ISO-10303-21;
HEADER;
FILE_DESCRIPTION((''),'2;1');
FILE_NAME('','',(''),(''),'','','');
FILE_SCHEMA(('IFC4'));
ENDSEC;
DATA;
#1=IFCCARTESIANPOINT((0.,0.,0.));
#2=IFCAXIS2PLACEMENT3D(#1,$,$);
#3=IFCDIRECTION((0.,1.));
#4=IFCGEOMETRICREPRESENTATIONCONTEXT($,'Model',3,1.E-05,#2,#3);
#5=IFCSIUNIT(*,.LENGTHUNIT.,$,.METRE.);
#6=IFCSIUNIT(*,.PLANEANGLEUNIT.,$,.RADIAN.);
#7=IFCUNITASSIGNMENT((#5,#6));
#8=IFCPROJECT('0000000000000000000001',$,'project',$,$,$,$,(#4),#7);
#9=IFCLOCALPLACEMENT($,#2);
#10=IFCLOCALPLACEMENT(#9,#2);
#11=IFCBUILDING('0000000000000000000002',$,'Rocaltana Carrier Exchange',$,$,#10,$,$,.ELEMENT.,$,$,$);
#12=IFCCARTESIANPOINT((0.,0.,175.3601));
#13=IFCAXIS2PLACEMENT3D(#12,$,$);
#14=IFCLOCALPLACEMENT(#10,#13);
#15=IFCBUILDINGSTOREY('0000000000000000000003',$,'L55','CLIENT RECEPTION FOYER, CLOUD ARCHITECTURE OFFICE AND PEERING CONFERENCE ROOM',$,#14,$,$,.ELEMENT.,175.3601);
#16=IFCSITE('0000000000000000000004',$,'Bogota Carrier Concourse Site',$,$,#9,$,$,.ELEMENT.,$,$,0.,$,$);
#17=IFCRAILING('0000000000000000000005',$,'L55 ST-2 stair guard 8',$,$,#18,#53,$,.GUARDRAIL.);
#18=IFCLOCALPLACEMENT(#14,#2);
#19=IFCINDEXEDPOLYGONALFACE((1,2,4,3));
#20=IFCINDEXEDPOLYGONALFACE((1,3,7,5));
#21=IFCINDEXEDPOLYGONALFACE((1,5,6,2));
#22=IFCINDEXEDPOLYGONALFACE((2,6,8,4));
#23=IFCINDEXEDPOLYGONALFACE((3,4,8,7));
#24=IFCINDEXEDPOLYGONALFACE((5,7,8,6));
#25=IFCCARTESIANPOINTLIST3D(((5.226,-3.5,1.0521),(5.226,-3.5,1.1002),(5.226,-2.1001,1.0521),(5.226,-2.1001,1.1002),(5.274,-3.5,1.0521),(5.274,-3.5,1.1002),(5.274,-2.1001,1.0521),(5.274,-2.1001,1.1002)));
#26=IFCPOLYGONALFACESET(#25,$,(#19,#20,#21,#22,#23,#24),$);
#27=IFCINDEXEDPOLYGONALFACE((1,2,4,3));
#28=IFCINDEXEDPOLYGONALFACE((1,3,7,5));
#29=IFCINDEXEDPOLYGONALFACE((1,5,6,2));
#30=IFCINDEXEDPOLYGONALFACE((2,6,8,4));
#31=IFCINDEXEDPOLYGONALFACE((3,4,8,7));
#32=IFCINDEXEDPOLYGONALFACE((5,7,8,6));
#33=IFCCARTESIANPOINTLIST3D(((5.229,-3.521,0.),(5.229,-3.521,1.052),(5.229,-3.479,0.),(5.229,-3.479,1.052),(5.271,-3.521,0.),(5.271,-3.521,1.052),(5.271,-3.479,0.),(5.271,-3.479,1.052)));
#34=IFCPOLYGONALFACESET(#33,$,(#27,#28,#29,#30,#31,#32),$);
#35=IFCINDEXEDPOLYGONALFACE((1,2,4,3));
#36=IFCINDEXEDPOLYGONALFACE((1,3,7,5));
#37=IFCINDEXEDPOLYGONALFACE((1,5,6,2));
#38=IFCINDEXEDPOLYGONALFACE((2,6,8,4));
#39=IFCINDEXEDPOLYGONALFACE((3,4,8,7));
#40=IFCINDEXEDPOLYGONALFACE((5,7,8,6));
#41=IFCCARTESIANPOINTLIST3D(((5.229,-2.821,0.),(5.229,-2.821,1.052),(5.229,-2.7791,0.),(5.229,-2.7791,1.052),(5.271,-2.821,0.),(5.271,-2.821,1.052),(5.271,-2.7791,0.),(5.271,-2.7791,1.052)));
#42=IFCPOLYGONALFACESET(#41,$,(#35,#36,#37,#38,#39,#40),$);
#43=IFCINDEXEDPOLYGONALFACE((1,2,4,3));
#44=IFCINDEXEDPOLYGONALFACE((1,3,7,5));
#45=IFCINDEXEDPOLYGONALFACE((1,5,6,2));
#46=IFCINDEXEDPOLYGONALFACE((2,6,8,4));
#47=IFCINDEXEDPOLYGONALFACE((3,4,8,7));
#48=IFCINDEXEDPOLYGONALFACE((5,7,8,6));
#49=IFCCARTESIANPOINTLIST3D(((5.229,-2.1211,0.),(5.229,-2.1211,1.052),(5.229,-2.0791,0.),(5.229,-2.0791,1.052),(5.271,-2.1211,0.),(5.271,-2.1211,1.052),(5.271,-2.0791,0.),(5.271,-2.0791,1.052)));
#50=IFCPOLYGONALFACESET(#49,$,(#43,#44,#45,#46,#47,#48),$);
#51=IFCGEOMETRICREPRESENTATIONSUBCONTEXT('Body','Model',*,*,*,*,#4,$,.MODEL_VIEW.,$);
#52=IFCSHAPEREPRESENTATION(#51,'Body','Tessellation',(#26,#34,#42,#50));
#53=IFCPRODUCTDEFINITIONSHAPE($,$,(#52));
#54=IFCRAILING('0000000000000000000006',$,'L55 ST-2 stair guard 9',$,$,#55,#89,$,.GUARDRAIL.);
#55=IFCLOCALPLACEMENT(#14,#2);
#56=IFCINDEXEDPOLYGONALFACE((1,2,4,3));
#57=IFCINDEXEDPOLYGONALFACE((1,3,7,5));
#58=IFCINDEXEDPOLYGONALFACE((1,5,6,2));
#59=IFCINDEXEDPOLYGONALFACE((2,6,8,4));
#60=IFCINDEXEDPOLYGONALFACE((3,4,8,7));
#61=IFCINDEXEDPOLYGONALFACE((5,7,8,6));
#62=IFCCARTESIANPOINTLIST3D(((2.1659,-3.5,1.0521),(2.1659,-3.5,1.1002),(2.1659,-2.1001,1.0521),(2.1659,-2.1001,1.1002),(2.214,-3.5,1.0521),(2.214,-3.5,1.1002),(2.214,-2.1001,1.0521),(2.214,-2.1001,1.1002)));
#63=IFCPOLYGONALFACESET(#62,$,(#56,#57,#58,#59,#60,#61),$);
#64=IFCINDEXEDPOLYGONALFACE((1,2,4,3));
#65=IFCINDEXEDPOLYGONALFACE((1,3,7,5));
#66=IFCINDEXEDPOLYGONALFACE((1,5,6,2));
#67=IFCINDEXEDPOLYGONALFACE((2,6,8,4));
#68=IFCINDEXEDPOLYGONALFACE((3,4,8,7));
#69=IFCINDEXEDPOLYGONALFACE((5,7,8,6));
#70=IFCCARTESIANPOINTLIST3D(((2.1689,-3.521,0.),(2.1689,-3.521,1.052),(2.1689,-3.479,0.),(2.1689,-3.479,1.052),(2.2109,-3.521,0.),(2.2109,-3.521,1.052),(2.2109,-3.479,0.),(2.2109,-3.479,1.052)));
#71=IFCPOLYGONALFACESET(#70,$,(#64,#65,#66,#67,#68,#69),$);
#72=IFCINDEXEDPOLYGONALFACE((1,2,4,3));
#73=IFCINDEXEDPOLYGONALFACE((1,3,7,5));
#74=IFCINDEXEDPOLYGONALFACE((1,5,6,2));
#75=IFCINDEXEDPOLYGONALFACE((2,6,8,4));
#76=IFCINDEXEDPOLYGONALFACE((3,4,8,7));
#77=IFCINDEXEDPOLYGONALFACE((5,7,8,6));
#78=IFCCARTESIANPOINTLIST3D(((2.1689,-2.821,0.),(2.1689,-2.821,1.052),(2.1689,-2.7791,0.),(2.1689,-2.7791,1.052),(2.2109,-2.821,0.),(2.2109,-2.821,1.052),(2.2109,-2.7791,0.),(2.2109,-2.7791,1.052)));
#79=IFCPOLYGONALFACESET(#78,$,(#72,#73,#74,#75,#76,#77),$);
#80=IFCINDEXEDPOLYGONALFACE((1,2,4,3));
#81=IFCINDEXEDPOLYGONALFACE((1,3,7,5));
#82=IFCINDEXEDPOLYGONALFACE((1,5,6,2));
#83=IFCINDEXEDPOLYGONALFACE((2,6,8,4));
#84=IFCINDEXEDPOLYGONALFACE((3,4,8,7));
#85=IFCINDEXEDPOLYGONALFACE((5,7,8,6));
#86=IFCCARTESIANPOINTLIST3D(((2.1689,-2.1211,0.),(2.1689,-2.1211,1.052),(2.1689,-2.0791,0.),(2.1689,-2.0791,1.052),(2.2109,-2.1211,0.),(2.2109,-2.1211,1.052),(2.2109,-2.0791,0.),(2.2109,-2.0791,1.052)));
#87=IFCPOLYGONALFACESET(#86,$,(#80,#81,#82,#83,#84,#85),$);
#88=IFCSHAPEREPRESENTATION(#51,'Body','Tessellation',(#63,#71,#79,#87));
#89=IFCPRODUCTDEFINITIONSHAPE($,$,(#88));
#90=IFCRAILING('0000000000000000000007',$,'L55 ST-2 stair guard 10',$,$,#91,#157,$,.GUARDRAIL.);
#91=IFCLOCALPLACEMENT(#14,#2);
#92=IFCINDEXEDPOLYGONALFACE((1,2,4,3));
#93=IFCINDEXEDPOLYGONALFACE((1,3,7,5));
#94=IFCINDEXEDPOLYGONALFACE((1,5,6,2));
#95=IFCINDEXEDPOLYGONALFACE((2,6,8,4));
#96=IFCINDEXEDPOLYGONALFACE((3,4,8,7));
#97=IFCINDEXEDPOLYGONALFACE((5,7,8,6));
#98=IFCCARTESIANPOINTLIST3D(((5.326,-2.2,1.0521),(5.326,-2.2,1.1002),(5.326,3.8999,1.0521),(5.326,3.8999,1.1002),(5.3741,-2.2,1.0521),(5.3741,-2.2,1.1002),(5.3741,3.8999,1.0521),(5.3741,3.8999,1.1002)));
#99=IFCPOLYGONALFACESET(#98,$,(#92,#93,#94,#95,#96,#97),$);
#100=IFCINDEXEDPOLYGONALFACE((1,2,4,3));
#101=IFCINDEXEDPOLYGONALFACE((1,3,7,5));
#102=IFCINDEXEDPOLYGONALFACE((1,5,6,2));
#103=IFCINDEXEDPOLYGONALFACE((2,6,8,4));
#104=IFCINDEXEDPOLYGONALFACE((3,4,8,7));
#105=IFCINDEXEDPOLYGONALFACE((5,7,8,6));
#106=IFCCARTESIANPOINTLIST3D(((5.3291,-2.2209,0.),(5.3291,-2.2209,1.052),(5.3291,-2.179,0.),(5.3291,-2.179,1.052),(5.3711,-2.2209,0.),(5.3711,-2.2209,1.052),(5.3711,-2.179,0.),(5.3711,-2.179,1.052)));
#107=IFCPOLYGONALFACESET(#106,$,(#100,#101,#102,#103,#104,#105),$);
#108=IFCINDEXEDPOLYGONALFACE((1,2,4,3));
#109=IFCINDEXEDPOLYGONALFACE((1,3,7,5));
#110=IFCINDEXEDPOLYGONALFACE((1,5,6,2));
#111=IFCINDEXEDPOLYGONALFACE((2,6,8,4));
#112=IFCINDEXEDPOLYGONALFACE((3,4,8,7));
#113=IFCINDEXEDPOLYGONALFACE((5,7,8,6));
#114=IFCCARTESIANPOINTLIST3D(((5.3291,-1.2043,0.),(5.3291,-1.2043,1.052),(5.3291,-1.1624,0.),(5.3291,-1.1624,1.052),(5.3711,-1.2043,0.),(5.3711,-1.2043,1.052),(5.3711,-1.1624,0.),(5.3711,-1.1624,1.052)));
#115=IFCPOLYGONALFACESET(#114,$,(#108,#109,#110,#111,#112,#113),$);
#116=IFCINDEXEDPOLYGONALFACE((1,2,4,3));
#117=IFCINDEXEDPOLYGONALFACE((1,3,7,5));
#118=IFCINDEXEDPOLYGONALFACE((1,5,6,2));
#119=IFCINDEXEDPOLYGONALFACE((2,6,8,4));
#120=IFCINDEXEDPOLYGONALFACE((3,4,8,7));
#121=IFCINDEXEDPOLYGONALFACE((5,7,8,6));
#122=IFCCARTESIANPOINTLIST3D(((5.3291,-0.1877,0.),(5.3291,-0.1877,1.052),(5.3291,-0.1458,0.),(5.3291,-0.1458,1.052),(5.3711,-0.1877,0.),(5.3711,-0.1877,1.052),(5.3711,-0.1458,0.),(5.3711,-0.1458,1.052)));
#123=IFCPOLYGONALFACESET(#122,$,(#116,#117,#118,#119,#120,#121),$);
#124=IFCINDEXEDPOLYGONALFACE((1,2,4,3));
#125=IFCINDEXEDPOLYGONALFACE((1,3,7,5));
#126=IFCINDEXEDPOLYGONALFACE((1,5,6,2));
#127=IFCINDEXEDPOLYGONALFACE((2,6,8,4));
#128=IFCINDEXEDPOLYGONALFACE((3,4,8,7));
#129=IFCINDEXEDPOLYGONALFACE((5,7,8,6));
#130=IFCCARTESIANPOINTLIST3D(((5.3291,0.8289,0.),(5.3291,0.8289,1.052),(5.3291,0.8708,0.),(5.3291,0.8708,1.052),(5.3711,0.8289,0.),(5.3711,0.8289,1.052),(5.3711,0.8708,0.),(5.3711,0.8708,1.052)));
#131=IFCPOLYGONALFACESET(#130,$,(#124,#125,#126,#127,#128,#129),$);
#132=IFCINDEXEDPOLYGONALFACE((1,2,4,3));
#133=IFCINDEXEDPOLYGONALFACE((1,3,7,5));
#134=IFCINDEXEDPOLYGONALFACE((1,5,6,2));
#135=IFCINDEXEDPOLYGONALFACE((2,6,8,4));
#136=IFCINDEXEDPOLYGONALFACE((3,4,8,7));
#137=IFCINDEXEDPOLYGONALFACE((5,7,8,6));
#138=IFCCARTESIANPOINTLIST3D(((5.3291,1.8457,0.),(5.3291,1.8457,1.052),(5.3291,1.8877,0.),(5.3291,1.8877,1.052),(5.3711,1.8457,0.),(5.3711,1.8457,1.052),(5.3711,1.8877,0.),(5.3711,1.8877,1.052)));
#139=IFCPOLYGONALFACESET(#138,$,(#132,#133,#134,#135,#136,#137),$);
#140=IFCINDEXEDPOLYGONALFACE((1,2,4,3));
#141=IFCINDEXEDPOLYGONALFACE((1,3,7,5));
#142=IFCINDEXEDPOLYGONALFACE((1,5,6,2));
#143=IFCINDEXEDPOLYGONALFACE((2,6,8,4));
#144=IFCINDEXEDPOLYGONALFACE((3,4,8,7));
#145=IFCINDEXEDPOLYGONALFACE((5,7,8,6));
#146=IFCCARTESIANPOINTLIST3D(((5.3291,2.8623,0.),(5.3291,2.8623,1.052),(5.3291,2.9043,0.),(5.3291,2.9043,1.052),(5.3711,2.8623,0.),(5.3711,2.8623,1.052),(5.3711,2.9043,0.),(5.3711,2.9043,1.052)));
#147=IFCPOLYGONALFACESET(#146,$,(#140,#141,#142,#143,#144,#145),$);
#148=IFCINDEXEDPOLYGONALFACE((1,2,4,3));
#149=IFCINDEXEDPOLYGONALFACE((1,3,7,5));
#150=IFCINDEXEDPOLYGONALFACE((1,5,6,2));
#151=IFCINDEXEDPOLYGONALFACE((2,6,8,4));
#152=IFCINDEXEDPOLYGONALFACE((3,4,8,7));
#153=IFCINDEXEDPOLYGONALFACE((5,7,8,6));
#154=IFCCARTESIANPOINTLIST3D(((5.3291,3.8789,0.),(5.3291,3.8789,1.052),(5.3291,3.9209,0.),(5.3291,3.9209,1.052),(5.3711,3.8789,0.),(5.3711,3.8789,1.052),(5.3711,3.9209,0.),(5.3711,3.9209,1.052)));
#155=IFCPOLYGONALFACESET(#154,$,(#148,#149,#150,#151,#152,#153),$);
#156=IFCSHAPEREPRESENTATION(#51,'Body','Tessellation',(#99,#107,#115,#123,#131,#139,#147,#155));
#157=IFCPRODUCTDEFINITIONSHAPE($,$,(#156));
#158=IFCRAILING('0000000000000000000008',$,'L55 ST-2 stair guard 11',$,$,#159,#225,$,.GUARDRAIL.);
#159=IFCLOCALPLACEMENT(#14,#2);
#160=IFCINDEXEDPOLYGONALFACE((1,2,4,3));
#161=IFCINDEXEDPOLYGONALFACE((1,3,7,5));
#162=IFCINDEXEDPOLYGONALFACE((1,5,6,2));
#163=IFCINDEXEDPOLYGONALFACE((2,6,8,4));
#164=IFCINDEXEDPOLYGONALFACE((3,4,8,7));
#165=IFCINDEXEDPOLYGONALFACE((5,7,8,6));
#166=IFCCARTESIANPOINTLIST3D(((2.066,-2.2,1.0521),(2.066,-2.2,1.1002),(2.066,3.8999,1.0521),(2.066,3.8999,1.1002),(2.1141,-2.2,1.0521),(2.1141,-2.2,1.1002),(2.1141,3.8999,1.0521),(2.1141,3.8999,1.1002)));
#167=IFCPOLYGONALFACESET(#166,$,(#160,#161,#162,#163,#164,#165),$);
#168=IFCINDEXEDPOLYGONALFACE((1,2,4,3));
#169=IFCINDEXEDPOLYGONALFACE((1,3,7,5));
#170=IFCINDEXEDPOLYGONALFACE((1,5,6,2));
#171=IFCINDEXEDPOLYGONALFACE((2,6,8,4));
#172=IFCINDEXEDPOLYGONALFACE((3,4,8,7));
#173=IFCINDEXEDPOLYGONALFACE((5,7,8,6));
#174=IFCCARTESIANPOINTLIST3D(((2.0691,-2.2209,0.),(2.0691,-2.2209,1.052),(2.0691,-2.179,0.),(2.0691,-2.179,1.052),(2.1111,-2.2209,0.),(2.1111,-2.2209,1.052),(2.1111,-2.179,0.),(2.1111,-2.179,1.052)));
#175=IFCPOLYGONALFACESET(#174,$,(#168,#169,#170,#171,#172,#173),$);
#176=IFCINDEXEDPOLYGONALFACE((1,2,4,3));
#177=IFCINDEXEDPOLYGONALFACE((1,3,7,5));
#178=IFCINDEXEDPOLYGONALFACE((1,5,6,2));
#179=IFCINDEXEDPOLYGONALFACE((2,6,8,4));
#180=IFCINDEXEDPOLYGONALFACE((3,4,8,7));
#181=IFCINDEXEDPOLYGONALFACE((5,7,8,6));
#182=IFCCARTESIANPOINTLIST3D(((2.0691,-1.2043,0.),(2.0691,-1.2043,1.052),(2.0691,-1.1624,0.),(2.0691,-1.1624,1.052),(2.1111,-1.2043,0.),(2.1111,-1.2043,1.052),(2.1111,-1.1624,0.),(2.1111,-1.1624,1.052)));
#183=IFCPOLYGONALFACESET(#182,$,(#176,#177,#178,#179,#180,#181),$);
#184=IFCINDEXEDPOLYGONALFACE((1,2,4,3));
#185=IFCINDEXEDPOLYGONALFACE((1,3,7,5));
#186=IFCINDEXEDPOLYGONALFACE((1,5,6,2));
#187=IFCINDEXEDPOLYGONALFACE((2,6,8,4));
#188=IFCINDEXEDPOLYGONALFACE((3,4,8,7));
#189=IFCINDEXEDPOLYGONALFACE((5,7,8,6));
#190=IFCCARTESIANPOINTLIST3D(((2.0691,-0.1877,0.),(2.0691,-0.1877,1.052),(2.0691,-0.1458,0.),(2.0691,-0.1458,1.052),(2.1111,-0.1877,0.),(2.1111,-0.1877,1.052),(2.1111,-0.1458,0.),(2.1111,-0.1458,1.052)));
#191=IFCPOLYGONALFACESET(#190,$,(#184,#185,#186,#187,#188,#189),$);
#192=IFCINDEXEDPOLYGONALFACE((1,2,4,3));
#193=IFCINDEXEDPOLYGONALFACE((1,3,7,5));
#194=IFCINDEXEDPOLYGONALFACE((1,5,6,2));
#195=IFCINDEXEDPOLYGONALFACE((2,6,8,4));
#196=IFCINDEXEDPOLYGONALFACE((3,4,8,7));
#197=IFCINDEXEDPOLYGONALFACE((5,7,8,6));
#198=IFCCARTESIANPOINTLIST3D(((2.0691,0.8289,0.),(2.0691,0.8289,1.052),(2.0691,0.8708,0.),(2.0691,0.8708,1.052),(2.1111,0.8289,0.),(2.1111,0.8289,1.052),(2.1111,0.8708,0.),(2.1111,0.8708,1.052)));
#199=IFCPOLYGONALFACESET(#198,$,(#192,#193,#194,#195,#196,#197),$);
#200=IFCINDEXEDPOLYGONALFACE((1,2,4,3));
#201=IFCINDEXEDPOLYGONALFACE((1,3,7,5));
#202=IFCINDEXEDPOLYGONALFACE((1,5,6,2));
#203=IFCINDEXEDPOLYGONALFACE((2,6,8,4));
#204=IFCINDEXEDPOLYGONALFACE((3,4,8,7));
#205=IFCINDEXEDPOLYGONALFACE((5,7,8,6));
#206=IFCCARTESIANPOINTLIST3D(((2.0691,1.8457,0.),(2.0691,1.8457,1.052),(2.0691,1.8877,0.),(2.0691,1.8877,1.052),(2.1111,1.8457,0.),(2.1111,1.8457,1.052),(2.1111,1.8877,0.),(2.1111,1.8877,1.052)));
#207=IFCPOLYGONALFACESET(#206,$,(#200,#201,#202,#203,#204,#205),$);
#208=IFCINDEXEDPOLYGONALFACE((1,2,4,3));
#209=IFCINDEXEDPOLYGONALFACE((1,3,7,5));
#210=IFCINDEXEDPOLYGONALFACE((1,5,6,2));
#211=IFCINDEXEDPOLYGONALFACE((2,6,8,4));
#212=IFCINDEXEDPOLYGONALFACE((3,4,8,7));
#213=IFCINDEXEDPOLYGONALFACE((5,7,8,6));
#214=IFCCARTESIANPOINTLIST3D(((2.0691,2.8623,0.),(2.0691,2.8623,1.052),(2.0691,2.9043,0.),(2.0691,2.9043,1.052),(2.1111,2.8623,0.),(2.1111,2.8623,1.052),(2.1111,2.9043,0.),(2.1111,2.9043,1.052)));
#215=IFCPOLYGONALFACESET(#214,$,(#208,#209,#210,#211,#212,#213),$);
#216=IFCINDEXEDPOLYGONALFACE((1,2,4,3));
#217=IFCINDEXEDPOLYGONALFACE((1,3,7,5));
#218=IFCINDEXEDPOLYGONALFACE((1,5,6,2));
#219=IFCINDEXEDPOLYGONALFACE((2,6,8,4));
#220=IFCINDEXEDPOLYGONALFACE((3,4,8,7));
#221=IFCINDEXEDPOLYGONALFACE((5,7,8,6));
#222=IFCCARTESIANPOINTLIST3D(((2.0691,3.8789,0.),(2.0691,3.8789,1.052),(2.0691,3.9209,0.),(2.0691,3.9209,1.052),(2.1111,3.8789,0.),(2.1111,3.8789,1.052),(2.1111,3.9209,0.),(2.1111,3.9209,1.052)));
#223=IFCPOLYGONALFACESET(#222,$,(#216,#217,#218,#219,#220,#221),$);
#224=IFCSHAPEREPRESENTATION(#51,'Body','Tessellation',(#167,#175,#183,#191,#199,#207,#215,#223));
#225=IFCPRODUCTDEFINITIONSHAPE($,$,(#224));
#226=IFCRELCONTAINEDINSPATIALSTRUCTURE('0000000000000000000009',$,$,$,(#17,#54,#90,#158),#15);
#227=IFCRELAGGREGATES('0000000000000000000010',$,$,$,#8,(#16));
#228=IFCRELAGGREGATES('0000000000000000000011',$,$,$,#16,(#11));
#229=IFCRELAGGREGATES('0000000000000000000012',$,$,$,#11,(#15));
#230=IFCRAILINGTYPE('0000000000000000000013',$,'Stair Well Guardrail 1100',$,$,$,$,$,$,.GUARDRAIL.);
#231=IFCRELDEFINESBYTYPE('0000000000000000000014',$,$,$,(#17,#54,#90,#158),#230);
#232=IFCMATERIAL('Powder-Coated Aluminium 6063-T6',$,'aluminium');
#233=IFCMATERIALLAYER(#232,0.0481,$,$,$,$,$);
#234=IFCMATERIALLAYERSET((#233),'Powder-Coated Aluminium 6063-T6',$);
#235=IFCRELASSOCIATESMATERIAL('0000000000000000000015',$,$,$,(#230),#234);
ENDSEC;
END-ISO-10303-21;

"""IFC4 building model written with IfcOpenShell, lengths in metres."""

from ifc_helpers import new_model, si_unit, direction, frame, origin, origin_2d, place, context, subcontext, project, spatial, rectangle, extrude, material, layer, layer_set, type_object, element, save


model = new_model("IFC4")

# Units and contexts
model_context = context("Model", 3, precision=1e-05, world=origin(), true_north=direction((0.0, 1.0)))
body_context = subcontext(model_context, "Body", "Model", "MODEL_VIEW")
ifc_project = project(units=[si_unit("LENGTHUNIT", "METRE"), si_unit("PLANEANGLEUNIT", "RADIAN")], contexts=[model_context])

# Site, building, storey
site_placement = place(None, origin())
site = spatial("IfcSite", under=ifc_project, at=site_placement, Name="Bogota Carrier Concourse Site", CompositionType="ELEMENT", RefElevation=0.0)
building_placement = place(site_placement, origin())
building = spatial("IfcBuilding", under=site, at=building_placement, Name="Rocaltana Carrier Exchange", CompositionType="ELEMENT")
storey_placement = place(building_placement, frame((0.0, 0.0, 175.3601)))
storey = spatial("IfcBuildingStorey", under=building, at=storey_placement, Name="L55", Description="CLIENT RECEPTION FOYER, CLOUD ARCHITECTURE OFFICE AND PEERING CONFERENCE ROOM", CompositionType="ELEMENT", Elevation=175.3601)

# Railings
ifc_material_1 = material(Name="Powder-Coated Aluminium 6063-T6", Category="aluminium")
ifc_layer_1 = layer(ifc_material_1, 0.0481)
ifc_layer_set_1 = layer_set([ifc_layer_1], Name="Powder-Coated Aluminium 6063-T6")
railing_type_1 = type_object("IfcRailingType", Name="Stair Well Guardrail 1100", PredefinedType="GUARDRAIL", material=ifc_layer_set_1)
for number, where, name in (
    (1, (5.25, -3.5, 0.0), "L55 ST-2 stair guard 8"),
    (2, (2.1899, -3.5, 0.0), "L55 ST-2 stair guard 9"),
):
    element("IfcRailing", number, at=place(storey_placement, frame(where)), inside=storey, type_object=railing_type_1, Name=name, PredefinedType="GUARDRAIL", context=body_context, shape_type="SweptSolid", body=[
        extrude(rectangle(XDim=0.0481, YDim=0.0481, at=origin_2d()), frame((0.0, 0.0, 1.0762), z_axis=(0.0, 1.0, 0.0), x_axis=(-1.0, 0.0, 0.0)), (0.0, 0.0, 1.0), 1.3999),
        extrude(rectangle(XDim=0.042, YDim=0.042, at=origin_2d()), origin(), (0.0, 0.0, 1.0), 1.052),
        extrude(rectangle(XDim=0.042, YDim=0.042, at=origin_2d()), frame((0.0, 0.7, 0.0)), (0.0, 0.0, 1.0), 1.052),
        extrude(rectangle(XDim=0.042, YDim=0.042, at=origin_2d()), frame((0.0, 1.3999, 0.0)), (0.0, 0.0, 1.0), 1.052),
    ])
for number, where, name in (
    (3, (5.3501, -2.2, 0.0), "L55 ST-2 stair guard 10"),
    (4, (2.0901, -2.2, 0.0), "L55 ST-2 stair guard 11"),
):
    element("IfcRailing", number, at=place(storey_placement, frame(where)), inside=storey, type_object=railing_type_1, Name=name, PredefinedType="GUARDRAIL", context=body_context, shape_type="SweptSolid", body=[
        extrude(rectangle(XDim=0.0481, YDim=0.0481, at=origin_2d()), frame((0.0, 0.0, 1.0762), z_axis=(0.0, 1.0, 0.0), x_axis=(-1.0, 0.0, 0.0)), (0.0, 0.0, 1.0), 6.0999),
        extrude(rectangle(XDim=0.042, YDim=0.042, at=origin_2d()), origin(), (0.0, 0.0, 1.0), 1.052),
        extrude(rectangle(XDim=0.042, YDim=0.042, at=origin_2d()), frame((0.0, 1.0166, 0.0)), (0.0, 0.0, 1.0), 1.052),
        extrude(rectangle(XDim=0.042, YDim=0.042, at=origin_2d()), frame((0.0, 2.0332, 0.0)), (0.0, 0.0, 1.0), 1.052),
        extrude(rectangle(XDim=0.042, YDim=0.042, at=origin_2d()), frame((0.0, 3.0498, 0.0)), (0.0, 0.0, 1.0), 1.052),
        extrude(rectangle(XDim=0.042, YDim=0.042, at=origin_2d()), frame((0.0, 4.0667, 0.0)), (0.0, 0.0, 1.0), 1.052),
        extrude(rectangle(XDim=0.042, YDim=0.042, at=origin_2d()), frame((0.0, 5.0833, 0.0)), (0.0, 0.0, 1.0), 1.052),
        extrude(rectangle(XDim=0.042, YDim=0.042, at=origin_2d()), frame((0.0, 6.0999, 0.0)), (0.0, 0.0, 1.0), 1.052),
    ])

save(model, "model.ifc")
